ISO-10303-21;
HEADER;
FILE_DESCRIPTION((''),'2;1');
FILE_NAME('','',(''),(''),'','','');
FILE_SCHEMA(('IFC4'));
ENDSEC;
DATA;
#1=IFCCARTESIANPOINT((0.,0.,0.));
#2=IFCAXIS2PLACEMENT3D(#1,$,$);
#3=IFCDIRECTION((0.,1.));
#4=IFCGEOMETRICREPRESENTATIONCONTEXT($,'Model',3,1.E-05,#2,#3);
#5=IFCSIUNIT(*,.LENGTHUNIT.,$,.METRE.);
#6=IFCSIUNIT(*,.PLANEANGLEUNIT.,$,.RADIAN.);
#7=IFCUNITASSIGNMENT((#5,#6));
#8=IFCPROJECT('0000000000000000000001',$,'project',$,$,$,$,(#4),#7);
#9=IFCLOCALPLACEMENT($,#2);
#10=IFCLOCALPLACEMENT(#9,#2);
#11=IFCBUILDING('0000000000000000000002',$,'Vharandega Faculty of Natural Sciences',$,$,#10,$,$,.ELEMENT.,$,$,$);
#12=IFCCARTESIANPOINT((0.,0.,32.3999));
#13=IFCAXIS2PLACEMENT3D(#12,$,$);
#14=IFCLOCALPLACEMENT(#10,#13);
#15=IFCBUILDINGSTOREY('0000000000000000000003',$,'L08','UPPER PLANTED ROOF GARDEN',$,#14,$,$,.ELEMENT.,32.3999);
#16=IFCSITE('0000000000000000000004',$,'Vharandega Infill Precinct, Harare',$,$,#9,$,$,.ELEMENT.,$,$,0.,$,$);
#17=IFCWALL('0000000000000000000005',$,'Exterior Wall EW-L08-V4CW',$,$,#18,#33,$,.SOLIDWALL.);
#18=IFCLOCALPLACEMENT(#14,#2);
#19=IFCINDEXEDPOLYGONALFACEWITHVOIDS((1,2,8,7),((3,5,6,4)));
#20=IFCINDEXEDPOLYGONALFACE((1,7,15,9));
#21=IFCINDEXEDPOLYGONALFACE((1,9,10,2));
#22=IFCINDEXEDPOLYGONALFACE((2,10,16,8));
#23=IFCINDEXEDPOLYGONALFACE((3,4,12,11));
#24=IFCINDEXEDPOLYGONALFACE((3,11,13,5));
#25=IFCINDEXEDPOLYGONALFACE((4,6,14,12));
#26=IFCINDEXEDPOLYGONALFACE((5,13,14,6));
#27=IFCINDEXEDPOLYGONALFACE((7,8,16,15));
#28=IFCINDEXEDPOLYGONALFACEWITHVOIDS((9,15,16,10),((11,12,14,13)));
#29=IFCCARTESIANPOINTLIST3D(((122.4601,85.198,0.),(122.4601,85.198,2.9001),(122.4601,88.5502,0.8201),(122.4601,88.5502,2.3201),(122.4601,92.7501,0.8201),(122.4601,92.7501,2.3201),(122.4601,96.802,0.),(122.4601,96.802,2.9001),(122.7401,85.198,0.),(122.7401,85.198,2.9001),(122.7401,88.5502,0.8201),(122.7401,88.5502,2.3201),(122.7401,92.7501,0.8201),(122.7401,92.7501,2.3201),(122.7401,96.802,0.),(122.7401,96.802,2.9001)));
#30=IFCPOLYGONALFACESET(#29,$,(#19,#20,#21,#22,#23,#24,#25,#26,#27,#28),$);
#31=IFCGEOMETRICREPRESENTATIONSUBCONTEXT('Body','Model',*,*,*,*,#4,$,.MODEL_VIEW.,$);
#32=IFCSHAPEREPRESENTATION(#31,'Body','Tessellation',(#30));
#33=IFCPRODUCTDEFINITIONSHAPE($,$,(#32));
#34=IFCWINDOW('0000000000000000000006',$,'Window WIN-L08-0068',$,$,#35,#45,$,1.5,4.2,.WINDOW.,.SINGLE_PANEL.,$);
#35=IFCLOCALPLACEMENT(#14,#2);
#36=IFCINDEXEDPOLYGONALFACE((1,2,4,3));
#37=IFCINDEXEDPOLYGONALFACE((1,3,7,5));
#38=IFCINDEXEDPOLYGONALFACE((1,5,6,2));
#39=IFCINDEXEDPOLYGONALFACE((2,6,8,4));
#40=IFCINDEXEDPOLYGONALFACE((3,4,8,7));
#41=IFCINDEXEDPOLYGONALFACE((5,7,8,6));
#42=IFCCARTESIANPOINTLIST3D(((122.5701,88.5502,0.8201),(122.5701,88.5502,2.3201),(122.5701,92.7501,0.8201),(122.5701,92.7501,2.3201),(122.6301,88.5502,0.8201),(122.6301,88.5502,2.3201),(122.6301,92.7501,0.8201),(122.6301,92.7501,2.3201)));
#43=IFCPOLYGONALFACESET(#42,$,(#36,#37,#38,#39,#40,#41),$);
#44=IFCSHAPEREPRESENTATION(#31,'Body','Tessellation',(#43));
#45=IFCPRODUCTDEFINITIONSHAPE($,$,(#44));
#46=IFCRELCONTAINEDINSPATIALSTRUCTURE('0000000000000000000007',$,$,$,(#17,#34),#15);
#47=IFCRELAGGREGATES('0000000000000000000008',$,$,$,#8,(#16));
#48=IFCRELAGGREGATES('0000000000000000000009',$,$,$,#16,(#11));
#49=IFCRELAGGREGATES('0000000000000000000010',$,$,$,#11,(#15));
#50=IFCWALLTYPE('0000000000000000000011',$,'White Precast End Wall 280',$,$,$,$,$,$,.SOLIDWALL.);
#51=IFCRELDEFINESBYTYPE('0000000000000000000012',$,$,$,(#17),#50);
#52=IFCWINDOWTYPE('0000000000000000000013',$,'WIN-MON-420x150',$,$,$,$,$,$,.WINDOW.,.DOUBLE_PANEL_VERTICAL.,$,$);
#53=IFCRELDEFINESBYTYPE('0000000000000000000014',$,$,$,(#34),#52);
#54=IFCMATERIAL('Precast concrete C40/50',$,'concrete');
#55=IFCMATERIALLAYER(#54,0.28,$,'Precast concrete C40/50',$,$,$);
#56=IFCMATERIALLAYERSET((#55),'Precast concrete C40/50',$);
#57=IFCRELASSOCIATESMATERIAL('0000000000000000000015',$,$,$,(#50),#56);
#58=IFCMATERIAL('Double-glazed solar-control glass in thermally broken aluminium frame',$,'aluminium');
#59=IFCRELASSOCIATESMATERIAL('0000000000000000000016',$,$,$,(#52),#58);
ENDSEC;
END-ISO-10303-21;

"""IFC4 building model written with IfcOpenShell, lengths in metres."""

from ifc_helpers import new_model, si_unit, direction, frame, frame_2d, origin, place, context, subcontext, project, spatial, rectangle, extrude, material, layer, layer_set, type_object, element, fill, save


model = new_model("IFC4")

# Units and contexts
model_context = context("Model", 3, precision=1e-05, world=origin(), true_north=direction((0.0, 1.0)))
body_context = subcontext(model_context, "Body", "Model", "MODEL_VIEW")
ifc_project = project(units=[si_unit("LENGTHUNIT", "METRE"), si_unit("PLANEANGLEUNIT", "RADIAN")], contexts=[model_context])

# Site, building, storey
site_placement = place(None, origin())
site = spatial("IfcSite", under=ifc_project, at=site_placement, Name="Vharandega Infill Precinct, Harare", CompositionType="ELEMENT", RefElevation=0.0)
building_placement = place(site_placement, origin())
building = spatial("IfcBuilding", under=site, at=building_placement, Name="Vharandega Faculty of Natural Sciences", CompositionType="ELEMENT")
storey_placement = place(building_placement, frame((0.0, 0.0, 32.3999)))
storey = spatial("IfcBuildingStorey", under=building, at=storey_placement, Name="L08", Description="UPPER PLANTED ROOF GARDEN", CompositionType="ELEMENT", Elevation=32.3999)

# Wall, opening, window
ifc_material_1 = material(Name="Precast concrete C40/50", Category="concrete")
ifc_layer_1 = layer(ifc_material_1, 0.28, Name="Precast concrete C40/50")
ifc_layer_set_1 = layer_set([ifc_layer_1], Name="Precast concrete C40/50")
wall_type_1 = type_object("IfcWallType", Name="White Precast End Wall 280", PredefinedType="SOLIDWALL", material=ifc_layer_set_1)
wall_1_placement = place(storey_placement, frame((122.6001, 85.198, 0.0), z_axis=(0.0, 0.0, 1.0), x_axis=(0.0, 1.0, 0.0)))
wall_1 = element("IfcWall", 1, at=wall_1_placement, inside=storey, type_object=wall_type_1, Name="Exterior Wall EW-L08-V4CW", PredefinedType="SOLIDWALL", context=body_context, shape_type="SweptSolid", body=[
    extrude(rectangle(XDim=11.604, YDim=0.28, at=frame_2d((5.802, 0.0))), origin(), (0.0, 0.0, 1.0), 2.9001),
])
opening_1_placement = place(wall_1_placement, frame((3.3521, 0.0, 0.8201)))
opening_1 = element("IfcOpeningElement", 2, at=opening_1_placement, cuts=wall_1, PredefinedType="OPENING", context=body_context, shape_type="SweptSolid", body=[
    extrude(rectangle(XDim=4.2, YDim=1.5, at=frame_2d((2.1001, 0.75))), frame((0.0, 0.1499, 0.0), z_axis=(0.0, -1.0, 0.0), x_axis=(1.0, 0.0, 0.0)), (0.0, 0.0, 1.0), 0.3),
])
ifc_material_2 = material(Name="Double-glazed solar-control glass in thermally broken aluminium frame", Category="aluminium")
window_type_1 = type_object("IfcWindowType", Name="WIN-MON-420x150", PartitioningType="DOUBLE_PANEL_VERTICAL", PredefinedType="WINDOW", material=ifc_material_2)
window_1_placement = place(opening_1_placement, origin())
window_1 = element("IfcWindow", 3, at=window_1_placement, inside=storey, type_object=window_type_1, Name="Window WIN-L08-0068", OverallHeight=1.5, OverallWidth=4.2, PartitioningType="SINGLE_PANEL", PredefinedType="WINDOW", context=body_context, shape_type="SweptSolid", body=[
    extrude(rectangle(XDim=4.2, YDim=1.5, at=frame_2d((2.1001, 0.75))), frame((0.0, 0.03, 0.0), z_axis=(0.0, -1.0, 0.0), x_axis=(1.0, 0.0, 0.0)), (0.0, 0.0, 1.0), 0.0601),
])
fill(opening_1, window_1)

save(model, "model.ifc")
